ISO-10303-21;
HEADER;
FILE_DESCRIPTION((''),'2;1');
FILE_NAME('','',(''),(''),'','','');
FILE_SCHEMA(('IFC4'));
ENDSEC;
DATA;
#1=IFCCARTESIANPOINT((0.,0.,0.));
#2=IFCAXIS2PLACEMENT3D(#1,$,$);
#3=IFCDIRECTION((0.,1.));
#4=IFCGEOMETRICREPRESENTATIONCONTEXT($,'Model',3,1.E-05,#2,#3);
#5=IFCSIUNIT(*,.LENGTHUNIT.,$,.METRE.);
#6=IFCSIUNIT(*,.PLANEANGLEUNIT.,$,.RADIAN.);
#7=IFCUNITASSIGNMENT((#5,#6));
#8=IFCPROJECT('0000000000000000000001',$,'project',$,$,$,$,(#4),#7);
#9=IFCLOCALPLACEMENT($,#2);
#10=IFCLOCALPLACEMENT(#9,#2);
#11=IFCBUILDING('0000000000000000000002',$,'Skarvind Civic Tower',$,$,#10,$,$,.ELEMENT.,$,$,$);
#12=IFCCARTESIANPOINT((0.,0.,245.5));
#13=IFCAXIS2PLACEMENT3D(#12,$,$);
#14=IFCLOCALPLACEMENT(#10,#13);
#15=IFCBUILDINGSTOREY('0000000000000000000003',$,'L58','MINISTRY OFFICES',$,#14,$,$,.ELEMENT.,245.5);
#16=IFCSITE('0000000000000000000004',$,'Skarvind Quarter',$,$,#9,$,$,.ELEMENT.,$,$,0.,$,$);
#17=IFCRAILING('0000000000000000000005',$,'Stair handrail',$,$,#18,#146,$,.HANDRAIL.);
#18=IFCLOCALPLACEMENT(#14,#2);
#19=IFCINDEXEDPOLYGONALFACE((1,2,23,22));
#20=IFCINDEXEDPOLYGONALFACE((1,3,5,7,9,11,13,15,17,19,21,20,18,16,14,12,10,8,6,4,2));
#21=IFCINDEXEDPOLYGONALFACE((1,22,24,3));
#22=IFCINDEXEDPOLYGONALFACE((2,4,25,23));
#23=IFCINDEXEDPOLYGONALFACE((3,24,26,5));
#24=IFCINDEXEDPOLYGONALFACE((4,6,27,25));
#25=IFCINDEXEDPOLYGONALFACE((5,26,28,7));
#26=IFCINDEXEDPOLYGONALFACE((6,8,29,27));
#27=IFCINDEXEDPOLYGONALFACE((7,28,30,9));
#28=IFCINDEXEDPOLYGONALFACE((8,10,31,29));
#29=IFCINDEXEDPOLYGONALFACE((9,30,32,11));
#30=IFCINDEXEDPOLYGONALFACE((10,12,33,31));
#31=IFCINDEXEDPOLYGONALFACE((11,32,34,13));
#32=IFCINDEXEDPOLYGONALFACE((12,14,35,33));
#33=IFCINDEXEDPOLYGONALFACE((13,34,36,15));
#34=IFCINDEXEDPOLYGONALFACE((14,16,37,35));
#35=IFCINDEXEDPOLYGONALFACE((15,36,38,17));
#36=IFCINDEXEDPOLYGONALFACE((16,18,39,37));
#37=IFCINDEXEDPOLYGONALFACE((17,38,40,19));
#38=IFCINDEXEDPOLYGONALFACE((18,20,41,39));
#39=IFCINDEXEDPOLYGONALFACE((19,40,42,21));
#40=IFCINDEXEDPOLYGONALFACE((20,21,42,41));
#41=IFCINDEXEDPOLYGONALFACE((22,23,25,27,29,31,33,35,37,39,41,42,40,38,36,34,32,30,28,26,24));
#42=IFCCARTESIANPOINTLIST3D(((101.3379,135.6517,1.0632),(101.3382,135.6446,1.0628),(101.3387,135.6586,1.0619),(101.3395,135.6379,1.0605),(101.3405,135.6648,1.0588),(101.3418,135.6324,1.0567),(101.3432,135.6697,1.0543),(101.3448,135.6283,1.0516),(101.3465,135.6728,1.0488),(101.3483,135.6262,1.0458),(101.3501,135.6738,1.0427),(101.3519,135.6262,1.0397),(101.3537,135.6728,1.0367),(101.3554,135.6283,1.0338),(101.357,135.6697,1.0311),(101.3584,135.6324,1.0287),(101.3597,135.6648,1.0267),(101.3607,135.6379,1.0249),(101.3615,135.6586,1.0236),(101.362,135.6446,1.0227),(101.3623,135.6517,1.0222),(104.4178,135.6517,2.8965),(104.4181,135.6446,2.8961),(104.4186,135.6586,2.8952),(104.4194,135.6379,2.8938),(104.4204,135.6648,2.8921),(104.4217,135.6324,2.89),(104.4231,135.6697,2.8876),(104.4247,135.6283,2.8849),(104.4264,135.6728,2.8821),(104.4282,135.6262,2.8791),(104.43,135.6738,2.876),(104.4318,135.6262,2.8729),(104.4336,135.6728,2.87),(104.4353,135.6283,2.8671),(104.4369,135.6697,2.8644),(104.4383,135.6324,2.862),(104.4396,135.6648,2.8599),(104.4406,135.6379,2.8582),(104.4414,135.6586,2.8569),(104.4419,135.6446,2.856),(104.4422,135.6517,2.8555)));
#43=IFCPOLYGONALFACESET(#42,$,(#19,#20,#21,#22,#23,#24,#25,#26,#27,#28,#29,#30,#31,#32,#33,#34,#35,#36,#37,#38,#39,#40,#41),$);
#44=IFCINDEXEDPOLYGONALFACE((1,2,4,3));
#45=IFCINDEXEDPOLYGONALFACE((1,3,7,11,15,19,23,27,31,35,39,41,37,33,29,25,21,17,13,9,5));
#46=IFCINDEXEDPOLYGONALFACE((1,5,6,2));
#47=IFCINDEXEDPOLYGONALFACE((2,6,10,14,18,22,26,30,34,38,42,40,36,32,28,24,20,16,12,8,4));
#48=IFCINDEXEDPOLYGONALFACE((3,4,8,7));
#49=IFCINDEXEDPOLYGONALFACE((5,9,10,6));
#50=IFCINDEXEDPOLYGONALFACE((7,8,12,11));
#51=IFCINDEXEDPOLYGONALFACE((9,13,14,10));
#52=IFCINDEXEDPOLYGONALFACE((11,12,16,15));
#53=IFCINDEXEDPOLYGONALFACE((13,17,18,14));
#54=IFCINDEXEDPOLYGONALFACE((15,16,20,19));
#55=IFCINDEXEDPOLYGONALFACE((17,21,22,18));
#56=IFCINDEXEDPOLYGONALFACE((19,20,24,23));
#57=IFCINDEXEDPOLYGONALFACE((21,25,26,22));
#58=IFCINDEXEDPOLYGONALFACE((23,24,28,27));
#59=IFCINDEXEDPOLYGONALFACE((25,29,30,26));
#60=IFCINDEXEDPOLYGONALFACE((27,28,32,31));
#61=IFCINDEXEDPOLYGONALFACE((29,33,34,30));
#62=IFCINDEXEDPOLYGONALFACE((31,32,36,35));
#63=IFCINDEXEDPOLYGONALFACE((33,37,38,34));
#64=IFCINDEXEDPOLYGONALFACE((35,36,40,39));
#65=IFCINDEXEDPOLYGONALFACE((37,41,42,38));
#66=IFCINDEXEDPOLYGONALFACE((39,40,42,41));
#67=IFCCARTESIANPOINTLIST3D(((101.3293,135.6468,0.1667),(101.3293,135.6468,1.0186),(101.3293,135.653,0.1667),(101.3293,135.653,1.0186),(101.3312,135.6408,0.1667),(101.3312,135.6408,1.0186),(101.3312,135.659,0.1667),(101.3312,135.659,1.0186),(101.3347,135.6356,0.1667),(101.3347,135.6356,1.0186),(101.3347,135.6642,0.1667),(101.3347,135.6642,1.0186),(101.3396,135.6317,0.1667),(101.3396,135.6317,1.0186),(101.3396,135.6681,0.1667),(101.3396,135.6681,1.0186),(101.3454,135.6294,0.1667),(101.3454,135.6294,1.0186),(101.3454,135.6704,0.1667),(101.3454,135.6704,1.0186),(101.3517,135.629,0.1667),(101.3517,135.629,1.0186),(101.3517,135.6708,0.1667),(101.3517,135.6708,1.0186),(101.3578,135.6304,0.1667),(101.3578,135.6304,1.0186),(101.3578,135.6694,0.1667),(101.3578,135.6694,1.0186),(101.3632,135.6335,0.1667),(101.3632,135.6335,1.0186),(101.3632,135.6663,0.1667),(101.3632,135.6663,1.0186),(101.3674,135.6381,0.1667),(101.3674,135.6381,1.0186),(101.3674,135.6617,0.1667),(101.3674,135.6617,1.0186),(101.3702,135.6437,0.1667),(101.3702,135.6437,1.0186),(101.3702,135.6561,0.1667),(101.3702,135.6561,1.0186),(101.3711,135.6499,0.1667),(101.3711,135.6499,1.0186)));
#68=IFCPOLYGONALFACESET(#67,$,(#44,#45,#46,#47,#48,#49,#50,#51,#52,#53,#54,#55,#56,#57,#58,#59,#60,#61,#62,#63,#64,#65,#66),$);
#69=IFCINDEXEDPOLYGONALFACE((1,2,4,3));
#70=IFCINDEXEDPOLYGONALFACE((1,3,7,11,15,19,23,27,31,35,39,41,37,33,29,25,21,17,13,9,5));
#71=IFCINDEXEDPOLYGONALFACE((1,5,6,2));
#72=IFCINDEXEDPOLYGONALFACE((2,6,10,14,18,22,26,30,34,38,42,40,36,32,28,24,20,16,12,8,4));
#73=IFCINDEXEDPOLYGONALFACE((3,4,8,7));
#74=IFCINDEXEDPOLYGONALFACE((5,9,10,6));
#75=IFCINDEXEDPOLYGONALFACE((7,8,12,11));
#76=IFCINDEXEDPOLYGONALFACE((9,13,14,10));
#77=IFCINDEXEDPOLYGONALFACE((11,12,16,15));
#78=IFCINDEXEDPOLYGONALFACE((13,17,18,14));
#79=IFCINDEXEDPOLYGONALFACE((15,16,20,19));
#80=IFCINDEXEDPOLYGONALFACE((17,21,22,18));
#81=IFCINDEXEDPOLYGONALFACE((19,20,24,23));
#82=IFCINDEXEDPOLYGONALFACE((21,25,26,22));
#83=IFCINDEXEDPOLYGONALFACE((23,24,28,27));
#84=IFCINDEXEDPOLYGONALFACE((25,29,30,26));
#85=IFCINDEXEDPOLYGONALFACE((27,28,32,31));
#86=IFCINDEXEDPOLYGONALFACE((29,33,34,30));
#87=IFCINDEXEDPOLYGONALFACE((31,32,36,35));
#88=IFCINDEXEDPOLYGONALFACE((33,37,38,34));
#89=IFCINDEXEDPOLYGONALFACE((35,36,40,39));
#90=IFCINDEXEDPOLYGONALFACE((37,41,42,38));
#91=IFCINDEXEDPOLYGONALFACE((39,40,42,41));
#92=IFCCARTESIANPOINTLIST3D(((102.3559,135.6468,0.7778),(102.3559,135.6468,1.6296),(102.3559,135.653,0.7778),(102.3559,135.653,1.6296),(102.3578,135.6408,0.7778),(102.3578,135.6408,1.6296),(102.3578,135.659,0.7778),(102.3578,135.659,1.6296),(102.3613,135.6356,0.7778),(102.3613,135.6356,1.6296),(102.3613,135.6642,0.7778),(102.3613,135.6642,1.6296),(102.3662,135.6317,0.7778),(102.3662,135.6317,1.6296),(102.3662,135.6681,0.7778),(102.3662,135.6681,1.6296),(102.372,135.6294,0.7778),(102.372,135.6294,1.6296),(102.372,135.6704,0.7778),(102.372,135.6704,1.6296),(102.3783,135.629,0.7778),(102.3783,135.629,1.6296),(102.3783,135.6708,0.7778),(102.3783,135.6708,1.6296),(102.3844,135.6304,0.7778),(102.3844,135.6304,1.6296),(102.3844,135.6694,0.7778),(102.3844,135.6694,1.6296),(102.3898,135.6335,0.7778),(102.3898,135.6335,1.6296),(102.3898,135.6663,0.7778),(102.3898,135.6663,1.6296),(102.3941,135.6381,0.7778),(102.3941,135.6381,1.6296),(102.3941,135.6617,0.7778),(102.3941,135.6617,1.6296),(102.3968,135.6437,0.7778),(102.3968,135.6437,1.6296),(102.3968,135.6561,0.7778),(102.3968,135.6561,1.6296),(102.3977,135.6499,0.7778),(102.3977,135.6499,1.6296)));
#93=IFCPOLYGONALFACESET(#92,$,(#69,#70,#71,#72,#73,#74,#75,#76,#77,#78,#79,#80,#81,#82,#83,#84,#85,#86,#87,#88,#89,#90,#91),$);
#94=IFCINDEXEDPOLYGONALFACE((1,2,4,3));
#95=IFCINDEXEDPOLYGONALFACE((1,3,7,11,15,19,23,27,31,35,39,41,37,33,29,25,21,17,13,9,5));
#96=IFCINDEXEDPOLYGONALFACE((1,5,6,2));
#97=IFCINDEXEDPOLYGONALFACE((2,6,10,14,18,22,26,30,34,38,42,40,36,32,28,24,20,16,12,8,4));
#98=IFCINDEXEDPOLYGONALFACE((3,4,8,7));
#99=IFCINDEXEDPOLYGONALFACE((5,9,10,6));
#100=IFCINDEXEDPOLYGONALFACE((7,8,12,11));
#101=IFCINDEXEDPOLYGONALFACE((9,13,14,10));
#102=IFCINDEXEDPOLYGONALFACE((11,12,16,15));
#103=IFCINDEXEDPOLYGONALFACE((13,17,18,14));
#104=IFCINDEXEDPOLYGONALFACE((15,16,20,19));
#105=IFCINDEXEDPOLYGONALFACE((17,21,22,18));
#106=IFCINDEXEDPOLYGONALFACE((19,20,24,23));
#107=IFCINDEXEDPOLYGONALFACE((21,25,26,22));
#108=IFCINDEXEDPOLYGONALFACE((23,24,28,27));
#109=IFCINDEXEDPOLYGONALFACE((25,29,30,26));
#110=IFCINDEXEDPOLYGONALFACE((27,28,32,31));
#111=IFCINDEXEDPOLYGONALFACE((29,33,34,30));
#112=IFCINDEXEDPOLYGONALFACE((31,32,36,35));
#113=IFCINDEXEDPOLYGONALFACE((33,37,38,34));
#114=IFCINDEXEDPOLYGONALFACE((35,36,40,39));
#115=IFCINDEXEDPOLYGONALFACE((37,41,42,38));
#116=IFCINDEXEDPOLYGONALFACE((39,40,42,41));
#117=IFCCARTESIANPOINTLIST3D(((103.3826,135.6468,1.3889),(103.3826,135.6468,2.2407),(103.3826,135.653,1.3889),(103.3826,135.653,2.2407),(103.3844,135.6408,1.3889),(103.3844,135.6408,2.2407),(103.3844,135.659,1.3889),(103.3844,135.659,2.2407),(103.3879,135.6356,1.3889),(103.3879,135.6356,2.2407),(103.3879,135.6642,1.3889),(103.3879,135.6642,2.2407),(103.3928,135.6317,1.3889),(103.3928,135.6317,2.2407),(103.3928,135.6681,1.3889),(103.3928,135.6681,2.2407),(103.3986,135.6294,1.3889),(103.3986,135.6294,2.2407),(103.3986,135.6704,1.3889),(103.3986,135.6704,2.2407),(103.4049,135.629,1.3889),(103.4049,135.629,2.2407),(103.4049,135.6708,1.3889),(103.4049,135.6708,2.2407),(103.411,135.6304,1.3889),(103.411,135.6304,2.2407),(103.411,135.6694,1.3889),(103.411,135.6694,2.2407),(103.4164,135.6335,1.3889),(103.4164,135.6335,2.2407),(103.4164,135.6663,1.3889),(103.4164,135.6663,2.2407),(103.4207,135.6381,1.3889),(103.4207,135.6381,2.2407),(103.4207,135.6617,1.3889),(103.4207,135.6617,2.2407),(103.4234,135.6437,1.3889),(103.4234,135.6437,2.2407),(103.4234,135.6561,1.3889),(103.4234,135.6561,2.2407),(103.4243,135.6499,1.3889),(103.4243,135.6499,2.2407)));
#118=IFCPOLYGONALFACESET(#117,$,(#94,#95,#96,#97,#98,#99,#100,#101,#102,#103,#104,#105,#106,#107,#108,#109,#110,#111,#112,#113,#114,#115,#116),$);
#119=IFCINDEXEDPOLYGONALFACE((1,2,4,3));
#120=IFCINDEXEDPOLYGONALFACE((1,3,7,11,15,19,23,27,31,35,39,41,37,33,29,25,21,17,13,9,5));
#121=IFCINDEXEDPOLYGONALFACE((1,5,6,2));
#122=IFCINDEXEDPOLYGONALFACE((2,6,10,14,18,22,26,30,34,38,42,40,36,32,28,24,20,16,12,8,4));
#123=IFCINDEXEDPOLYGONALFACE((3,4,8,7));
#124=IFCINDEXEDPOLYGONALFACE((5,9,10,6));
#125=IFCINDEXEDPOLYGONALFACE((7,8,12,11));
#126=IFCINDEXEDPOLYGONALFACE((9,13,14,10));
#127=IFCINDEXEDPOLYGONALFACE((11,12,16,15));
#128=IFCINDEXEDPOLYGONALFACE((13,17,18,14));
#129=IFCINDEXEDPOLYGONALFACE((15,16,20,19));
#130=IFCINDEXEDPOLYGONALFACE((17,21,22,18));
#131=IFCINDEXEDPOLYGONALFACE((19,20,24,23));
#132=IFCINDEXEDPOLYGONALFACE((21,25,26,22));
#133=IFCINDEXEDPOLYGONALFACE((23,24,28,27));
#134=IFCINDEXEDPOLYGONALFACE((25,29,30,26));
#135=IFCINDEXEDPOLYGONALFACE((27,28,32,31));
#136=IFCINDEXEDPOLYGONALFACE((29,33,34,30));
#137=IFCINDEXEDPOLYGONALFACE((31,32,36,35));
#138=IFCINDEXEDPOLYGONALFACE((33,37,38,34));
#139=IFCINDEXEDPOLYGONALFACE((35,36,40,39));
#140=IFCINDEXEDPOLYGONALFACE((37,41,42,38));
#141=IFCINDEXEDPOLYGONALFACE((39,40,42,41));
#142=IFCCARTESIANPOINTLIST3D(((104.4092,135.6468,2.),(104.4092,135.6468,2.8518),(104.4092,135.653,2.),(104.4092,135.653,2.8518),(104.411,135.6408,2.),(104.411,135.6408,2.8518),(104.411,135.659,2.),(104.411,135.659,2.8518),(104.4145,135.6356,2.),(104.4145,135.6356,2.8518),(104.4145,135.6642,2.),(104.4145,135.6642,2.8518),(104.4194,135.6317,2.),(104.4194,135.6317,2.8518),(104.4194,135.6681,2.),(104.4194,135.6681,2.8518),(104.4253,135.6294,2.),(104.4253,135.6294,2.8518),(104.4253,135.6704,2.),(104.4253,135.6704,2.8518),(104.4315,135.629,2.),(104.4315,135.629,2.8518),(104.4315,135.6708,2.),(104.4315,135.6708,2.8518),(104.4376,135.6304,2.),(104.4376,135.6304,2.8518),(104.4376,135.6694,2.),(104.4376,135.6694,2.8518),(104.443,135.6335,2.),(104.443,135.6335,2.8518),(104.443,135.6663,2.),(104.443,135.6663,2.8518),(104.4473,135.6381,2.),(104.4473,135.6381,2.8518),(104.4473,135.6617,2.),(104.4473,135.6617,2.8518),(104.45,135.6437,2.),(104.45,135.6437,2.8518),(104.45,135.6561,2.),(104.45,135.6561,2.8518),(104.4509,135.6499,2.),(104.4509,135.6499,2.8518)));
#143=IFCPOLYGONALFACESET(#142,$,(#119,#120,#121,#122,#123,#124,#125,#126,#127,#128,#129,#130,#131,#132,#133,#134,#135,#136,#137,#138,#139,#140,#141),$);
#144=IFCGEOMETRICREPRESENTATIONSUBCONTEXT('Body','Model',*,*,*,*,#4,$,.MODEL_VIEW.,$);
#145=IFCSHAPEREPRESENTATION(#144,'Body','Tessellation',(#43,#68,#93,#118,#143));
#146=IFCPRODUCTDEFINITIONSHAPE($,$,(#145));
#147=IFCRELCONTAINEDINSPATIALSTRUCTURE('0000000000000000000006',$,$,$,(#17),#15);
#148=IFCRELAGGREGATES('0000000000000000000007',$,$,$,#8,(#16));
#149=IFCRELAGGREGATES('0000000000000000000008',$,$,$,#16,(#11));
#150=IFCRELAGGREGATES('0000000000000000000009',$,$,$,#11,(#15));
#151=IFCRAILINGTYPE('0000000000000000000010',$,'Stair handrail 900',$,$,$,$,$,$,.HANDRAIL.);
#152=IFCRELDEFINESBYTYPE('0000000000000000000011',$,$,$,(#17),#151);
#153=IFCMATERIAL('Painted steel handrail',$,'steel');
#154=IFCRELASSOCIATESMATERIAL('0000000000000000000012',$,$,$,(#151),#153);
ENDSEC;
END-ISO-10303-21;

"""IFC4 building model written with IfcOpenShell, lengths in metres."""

from ifc_helpers import new_model, si_unit, direction, frame, origin, origin_2d, place, context, subcontext, project, spatial, circle, extrude, material, type_object, element, save


model = new_model("IFC4")

# Units and contexts
model_context = context("Model", 3, precision=1e-05, world=origin(), true_north=direction((0.0, 1.0)))
body_context = subcontext(model_context, "Body", "Model", "MODEL_VIEW")
ifc_project = project(units=[si_unit("LENGTHUNIT", "METRE"), si_unit("PLANEANGLEUNIT", "RADIAN")], contexts=[model_context])

# Site, building, storey
site_placement = place(None, origin())
site = spatial("IfcSite", under=ifc_project, at=site_placement, Name="Skarvind Quarter", CompositionType="ELEMENT", RefElevation=0.0)
building_placement = place(site_placement, origin())
building = spatial("IfcBuilding", under=site, at=building_placement, Name="Skarvind Civic Tower", CompositionType="ELEMENT")
storey_placement = place(building_placement, frame((0.0, 0.0, 245.5)))
storey = spatial("IfcBuildingStorey", under=building, at=storey_placement, Name="L58", Description="MINISTRY OFFICES", CompositionType="ELEMENT", Elevation=245.5)

# Railing
ifc_material_1 = material(Name="Painted steel handrail", Category="steel")
railing_type = type_object("IfcRailingType", Name="Stair handrail 900", PredefinedType="HANDRAIL", material=ifc_material_1)
railing_1_placement = place(storey_placement, frame((101.3501, 135.6499, 0.1667)))
element("IfcRailing", 1, at=railing_1_placement, inside=storey, type_object=railing_type, Name="Stair handrail", PredefinedType="HANDRAIL", context=body_context, shape_type="SweptSolid", body=[
    extrude(circle(Radius=0.0239, at=origin_2d()), frame((0.0, 0.0, 0.876), z_axis=(0.859291, 0.0, 0.511487), x_axis=(0.0, 1.0, 0.0)), (0.0, 0.0, 1.0), 3.5842),
    extrude(circle(Radius=0.021, at=origin_2d()), origin(), (0.0, 0.0, 1.0), 0.8518),
    extrude(circle(Radius=0.021, at=origin_2d()), frame((1.0266, 0.0, 0.6111)), (0.0, 0.0, 1.0), 0.8518),
    extrude(circle(Radius=0.021, at=origin_2d()), frame((2.0532, 0.0, 1.2222)), (0.0, 0.0, 1.0), 0.8518),
    extrude(circle(Radius=0.021, at=origin_2d()), frame((3.0798, 0.0, 1.8333)), (0.0, 0.0, 1.0), 0.8518),
])

save(model, "model.ifc")
